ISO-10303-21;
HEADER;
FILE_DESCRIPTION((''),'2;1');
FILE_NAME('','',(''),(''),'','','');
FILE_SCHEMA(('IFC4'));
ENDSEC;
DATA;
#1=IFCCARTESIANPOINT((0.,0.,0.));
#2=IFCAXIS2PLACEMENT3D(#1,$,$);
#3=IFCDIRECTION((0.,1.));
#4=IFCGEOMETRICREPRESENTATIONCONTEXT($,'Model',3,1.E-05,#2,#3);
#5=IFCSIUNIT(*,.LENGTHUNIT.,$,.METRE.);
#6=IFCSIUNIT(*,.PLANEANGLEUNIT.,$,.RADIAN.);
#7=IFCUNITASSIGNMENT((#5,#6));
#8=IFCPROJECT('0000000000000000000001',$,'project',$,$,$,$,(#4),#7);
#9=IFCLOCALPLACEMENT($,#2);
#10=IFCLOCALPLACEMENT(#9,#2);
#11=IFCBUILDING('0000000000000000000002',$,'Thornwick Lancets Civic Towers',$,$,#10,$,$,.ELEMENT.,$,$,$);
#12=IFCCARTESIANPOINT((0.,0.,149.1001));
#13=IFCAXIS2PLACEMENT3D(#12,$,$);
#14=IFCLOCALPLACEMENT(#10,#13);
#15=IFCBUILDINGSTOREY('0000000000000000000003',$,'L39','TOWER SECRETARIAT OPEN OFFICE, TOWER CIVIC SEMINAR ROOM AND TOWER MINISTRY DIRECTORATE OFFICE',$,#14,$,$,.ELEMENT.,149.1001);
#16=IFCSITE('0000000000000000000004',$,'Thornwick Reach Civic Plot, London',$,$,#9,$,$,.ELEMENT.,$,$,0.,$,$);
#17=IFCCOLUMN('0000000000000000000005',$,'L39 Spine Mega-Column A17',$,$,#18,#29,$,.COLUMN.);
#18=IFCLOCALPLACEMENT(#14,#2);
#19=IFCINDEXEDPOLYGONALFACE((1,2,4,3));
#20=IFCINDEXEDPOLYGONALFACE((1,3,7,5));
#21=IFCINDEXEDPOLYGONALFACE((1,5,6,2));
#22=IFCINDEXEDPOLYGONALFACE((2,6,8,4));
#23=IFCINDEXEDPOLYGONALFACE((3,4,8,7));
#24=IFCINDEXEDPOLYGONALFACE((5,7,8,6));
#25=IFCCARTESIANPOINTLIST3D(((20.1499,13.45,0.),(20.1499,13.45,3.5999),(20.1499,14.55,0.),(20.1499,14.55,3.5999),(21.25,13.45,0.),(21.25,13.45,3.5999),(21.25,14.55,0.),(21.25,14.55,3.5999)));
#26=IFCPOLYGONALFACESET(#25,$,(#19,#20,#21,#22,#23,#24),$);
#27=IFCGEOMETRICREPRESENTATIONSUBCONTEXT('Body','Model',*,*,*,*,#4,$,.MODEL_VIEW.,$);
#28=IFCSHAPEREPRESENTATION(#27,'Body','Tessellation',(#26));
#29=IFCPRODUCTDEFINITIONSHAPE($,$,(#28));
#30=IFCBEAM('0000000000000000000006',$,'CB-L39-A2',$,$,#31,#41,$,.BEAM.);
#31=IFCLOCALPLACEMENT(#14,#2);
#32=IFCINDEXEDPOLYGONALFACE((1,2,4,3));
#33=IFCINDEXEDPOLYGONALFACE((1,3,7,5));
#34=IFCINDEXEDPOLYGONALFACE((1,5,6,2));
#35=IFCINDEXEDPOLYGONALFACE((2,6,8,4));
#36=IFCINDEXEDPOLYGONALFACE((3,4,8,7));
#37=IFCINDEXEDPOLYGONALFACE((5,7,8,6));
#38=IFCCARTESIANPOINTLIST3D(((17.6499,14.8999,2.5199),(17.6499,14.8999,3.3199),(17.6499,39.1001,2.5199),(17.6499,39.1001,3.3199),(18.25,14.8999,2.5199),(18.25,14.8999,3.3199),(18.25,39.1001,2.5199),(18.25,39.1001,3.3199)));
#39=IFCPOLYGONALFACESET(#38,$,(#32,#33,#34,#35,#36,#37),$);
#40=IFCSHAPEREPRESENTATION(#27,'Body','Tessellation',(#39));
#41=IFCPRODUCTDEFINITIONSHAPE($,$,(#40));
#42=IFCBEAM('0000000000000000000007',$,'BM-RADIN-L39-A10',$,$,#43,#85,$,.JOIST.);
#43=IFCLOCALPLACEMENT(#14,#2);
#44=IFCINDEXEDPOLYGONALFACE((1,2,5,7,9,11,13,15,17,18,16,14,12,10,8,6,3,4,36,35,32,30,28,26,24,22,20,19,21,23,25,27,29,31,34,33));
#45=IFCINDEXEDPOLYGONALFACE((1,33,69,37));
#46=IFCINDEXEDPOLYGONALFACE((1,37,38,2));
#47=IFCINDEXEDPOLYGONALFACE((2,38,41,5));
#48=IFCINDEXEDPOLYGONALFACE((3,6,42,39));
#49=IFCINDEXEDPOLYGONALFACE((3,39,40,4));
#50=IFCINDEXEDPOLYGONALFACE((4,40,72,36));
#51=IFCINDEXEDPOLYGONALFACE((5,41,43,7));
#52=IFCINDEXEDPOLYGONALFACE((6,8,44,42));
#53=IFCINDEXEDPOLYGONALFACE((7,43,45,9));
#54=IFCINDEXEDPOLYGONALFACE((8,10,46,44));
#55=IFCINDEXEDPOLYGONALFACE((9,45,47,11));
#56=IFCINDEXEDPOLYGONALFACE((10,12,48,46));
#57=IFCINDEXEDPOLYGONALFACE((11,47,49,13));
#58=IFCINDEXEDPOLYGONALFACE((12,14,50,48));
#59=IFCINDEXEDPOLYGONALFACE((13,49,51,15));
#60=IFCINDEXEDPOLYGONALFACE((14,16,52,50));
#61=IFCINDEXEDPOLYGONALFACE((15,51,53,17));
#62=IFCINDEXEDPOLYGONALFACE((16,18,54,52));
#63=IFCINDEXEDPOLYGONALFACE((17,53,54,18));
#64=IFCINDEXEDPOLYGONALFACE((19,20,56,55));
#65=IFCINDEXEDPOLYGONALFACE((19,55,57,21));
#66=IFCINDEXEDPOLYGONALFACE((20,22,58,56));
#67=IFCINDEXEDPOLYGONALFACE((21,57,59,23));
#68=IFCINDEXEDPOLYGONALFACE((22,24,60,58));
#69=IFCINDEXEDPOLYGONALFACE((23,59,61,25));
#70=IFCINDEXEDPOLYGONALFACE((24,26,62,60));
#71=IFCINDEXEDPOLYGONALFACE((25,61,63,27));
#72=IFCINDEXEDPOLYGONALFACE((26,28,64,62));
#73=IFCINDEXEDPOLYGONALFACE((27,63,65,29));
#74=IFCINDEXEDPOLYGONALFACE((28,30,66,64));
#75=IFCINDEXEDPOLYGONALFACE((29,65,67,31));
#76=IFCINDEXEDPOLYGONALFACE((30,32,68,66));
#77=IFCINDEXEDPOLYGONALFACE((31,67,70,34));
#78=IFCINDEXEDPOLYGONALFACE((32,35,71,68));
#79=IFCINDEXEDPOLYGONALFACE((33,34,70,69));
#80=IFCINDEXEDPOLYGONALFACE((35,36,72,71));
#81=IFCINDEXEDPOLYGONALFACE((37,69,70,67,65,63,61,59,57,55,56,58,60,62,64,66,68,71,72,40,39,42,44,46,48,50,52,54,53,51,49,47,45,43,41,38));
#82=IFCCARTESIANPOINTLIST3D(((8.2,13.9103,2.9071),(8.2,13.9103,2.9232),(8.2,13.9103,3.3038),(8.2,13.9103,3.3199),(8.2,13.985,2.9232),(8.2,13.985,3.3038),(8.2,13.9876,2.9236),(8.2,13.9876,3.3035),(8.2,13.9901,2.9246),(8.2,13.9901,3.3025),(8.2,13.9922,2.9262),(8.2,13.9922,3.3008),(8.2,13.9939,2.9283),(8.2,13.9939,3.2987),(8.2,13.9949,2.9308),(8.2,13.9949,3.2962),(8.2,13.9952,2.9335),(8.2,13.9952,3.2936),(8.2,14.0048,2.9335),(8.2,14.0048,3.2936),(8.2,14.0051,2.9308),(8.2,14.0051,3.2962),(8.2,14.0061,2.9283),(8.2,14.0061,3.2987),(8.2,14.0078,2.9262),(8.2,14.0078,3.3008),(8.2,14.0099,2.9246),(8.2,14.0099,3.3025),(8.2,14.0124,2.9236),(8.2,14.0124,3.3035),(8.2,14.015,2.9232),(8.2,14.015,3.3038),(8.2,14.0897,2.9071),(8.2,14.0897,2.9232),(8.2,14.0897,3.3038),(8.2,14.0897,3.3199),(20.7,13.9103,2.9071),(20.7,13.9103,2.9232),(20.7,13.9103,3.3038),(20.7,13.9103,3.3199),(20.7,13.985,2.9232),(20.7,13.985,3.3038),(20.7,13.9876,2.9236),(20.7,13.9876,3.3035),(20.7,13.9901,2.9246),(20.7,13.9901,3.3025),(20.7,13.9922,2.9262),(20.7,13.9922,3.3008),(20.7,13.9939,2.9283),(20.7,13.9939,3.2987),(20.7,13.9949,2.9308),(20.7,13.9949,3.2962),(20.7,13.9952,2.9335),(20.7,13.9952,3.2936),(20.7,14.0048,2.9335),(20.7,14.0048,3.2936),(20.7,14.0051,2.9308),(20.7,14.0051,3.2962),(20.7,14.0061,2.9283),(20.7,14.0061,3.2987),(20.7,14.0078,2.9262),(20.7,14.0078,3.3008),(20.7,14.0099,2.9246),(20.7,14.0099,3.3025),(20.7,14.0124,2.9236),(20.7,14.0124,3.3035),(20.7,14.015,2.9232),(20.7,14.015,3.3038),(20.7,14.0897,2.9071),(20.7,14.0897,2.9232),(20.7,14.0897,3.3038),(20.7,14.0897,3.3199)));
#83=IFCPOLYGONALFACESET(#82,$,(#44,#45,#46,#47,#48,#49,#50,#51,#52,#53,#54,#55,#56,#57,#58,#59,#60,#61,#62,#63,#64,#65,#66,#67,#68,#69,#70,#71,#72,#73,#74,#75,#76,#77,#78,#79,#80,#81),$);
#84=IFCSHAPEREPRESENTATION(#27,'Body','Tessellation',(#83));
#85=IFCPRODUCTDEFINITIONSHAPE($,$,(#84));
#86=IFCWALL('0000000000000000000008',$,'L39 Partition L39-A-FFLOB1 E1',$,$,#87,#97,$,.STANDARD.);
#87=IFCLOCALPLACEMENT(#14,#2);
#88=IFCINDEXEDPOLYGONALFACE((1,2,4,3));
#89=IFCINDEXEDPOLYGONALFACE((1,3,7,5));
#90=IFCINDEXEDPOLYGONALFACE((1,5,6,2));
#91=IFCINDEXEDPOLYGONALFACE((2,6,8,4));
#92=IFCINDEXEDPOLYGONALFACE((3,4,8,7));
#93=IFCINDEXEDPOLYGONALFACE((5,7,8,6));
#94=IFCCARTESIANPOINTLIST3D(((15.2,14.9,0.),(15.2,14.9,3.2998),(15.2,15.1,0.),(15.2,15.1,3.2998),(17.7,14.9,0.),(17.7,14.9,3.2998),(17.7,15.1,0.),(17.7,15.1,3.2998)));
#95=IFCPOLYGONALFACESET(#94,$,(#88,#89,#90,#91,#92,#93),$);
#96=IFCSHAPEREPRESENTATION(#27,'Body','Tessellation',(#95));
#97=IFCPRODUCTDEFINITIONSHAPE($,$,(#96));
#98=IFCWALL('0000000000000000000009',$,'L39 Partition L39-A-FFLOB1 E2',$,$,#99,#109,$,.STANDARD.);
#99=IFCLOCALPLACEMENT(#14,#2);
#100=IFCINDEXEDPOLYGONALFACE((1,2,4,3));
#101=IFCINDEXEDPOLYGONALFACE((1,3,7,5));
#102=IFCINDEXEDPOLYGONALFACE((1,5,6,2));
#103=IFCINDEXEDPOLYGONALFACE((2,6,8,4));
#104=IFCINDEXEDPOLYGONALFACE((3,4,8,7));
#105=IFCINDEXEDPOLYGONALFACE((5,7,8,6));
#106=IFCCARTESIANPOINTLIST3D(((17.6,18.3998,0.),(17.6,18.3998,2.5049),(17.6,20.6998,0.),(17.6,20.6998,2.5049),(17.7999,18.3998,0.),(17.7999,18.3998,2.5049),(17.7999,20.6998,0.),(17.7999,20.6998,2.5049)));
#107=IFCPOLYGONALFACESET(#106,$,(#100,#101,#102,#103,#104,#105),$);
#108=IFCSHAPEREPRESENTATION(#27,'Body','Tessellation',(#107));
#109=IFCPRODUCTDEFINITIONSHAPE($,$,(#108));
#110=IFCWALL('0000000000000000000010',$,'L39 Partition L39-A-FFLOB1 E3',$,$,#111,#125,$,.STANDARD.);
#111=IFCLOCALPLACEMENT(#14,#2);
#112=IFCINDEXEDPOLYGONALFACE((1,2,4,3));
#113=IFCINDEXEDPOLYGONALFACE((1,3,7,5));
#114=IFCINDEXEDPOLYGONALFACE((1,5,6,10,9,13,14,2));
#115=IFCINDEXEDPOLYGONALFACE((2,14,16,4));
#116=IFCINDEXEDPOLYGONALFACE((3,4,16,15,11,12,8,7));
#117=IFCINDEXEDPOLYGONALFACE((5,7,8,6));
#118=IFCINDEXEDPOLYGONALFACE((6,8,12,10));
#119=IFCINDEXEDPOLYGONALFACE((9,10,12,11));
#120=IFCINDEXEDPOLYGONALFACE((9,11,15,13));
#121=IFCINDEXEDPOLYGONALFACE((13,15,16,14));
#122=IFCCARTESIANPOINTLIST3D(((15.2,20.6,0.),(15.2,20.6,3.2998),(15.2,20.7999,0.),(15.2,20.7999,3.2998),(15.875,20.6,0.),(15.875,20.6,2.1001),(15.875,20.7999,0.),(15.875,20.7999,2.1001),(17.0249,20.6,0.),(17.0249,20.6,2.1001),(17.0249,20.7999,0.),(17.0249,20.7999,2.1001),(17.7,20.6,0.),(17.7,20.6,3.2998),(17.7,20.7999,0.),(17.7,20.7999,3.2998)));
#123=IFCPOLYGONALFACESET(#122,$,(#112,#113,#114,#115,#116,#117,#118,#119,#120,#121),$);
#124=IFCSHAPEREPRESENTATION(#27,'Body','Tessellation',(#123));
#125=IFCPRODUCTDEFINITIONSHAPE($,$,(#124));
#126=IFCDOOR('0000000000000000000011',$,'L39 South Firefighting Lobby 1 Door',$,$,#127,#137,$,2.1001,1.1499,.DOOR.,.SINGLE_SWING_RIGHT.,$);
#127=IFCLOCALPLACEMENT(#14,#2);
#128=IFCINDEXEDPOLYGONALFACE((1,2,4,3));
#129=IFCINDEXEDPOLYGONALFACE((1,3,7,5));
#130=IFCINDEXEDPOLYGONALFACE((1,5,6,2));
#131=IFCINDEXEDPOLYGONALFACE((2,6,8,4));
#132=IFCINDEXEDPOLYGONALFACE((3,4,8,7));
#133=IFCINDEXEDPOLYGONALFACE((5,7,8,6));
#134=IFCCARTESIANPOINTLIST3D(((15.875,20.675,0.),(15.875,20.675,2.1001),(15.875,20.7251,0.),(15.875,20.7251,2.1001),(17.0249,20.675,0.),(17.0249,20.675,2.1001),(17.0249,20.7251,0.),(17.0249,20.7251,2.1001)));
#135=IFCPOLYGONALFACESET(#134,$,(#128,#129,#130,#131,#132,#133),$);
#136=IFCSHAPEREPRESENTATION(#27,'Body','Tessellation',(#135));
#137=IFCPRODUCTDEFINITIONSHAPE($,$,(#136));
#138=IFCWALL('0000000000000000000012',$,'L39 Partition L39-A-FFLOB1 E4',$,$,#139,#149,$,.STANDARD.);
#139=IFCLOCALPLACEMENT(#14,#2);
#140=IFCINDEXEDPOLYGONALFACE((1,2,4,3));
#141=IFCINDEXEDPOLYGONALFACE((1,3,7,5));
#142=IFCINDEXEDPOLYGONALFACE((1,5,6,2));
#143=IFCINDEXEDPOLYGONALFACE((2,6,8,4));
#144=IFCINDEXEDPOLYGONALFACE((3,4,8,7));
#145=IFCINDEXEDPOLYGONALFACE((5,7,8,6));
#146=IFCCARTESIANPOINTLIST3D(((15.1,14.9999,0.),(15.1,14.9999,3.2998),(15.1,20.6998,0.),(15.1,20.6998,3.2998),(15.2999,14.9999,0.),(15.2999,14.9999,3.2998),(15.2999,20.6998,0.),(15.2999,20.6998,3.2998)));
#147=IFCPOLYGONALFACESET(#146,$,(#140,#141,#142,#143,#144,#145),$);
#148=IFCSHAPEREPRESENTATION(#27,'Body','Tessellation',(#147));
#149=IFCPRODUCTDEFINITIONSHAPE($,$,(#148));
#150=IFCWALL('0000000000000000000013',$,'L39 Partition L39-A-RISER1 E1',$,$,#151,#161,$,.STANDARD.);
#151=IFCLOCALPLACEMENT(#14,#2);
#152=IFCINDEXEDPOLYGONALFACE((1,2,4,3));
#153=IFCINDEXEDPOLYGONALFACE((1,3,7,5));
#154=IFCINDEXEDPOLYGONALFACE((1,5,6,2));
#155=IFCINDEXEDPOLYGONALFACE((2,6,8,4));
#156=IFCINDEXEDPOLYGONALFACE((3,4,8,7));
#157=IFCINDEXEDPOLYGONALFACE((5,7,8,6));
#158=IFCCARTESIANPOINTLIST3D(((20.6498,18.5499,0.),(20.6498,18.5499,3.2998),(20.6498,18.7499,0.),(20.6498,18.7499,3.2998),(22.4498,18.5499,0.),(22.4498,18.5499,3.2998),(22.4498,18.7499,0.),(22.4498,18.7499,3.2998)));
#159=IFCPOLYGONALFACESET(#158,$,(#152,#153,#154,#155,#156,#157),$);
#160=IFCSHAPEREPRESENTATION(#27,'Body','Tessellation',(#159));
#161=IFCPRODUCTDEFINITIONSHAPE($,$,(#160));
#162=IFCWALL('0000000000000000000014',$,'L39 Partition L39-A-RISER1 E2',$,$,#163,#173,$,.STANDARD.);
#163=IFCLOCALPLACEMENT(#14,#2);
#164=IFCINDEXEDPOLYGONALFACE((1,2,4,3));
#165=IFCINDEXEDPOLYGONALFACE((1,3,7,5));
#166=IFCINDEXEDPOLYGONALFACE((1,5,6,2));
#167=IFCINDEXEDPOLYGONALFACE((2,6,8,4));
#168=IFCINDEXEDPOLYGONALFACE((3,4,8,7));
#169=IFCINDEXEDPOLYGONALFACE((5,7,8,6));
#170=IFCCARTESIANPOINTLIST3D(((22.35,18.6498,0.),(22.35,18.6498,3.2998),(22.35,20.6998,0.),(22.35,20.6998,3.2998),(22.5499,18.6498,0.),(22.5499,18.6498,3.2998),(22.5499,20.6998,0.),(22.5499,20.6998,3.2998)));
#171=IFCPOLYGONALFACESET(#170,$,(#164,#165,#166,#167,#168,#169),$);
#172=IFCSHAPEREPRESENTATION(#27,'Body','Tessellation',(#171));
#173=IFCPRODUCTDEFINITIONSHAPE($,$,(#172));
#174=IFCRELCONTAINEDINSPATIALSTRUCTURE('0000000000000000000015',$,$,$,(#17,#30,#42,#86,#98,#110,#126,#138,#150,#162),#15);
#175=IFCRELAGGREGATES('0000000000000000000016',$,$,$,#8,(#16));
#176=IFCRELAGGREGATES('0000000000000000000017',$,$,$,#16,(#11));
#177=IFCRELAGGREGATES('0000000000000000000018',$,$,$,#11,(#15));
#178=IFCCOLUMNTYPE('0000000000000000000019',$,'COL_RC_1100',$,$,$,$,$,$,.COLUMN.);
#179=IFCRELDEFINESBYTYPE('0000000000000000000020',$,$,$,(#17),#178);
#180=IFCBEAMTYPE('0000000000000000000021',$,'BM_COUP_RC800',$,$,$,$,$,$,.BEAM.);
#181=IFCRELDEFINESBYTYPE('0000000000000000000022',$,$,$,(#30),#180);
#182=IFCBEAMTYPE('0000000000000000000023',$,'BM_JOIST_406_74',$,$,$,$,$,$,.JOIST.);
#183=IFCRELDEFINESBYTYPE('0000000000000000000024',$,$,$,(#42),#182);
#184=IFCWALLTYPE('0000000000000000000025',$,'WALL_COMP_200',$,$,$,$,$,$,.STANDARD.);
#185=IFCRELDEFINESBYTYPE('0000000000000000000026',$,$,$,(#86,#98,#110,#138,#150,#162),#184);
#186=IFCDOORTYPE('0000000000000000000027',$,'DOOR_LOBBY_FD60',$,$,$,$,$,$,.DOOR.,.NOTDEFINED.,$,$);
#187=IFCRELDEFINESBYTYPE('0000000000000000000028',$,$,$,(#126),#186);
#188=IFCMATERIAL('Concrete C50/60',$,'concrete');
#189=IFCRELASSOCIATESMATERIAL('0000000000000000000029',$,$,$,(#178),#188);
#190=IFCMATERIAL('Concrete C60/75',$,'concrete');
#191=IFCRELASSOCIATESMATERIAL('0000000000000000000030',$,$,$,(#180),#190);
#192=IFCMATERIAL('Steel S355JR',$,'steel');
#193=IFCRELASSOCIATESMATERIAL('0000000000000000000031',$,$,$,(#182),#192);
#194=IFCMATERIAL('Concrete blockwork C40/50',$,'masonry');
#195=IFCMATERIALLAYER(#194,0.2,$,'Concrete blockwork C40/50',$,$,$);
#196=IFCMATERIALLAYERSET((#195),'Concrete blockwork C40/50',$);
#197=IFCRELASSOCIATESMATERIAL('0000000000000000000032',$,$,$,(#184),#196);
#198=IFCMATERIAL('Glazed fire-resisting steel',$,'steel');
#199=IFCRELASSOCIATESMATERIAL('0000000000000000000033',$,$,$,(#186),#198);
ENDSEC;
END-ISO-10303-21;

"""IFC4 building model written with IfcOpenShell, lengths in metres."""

from ifc_helpers import new_model, si_unit, direction, frame, frame_2d, origin, origin_2d, place, context, subcontext, project, spatial, rectangle, i_section, extrude, material, layer, layer_set, material_profile, profile_set, type_object, element, fill, save


model = new_model("IFC4")

# Units and contexts
model_context = context("Model", 3, precision=1e-05, world=origin(), true_north=direction((0.0, 1.0)))
body_context = subcontext(model_context, "Body", "Model", "MODEL_VIEW")
ifc_project = project(units=[si_unit("LENGTHUNIT", "METRE"), si_unit("PLANEANGLEUNIT", "RADIAN")], contexts=[model_context])

# Site, building, storey
site_placement = place(None, origin())
site = spatial("IfcSite", under=ifc_project, at=site_placement, Name="Thornwick Reach Civic Plot, London", CompositionType="ELEMENT", RefElevation=0.0)
building_placement = place(site_placement, origin())
building = spatial("IfcBuilding", under=site, at=building_placement, Name="Thornwick Lancets Civic Towers", CompositionType="ELEMENT")
storey_placement = place(building_placement, frame((0.0, 0.0, 149.1001)))
storey = spatial("IfcBuildingStorey", under=building, at=storey_placement, Name="L39", Description="TOWER SECRETARIAT OPEN OFFICE, TOWER CIVIC SEMINAR ROOM AND TOWER MINISTRY DIRECTORATE OFFICE", CompositionType="ELEMENT", Elevation=149.1001)

# Column
ifc_material_1 = material(Name="Concrete C50/60", Category="concrete")
ifc_material_profile_1 = material_profile(ifc_material_1, rectangle(XDim=1.1001, YDim=1.1001, at=origin_2d()), Name="RC 1100x1100")
ifc_profile_set_1 = profile_set([ifc_material_profile_1], Name="Concrete C50/60")
column_type = type_object("IfcColumnType", Name="COL_RC_1100", PredefinedType="COLUMN", material=ifc_profile_set_1)
column_placement = place(storey_placement, frame((20.7, 14.0, 0.0), z_axis=(0.0, 0.0, 1.0), x_axis=(1.0, 0.0, 0.0)))
element("IfcColumn", 1, at=column_placement, inside=storey, type_object=column_type, Name="L39 Spine Mega-Column A17", PredefinedType="COLUMN", context=body_context, shape_type="SweptSolid", body=[
    extrude(rectangle(XDim=1.1001, YDim=1.1001, at=origin_2d()), origin(), (0.0, 0.0, 1.0), 3.5999),
])

# Beams
ifc_material_2 = material(Name="Concrete C60/75", Category="concrete")
ifc_material_profile_2 = material_profile(ifc_material_2, rectangle(XDim=0.6001, YDim=0.8, at=origin_2d()), Name="RC 600x800")
ifc_profile_set_2 = profile_set([ifc_material_profile_2], Name="Concrete C60/75")
beam_type_1 = type_object("IfcBeamType", Name="BM_COUP_RC800", PredefinedType="BEAM", material=ifc_profile_set_2)
beam_1_placement = place(storey_placement, frame((17.95, 14.8999, 2.9199), z_axis=(0.0, 1.0, 0.0), x_axis=(-1.0, 0.0, 0.0)))
element("IfcBeam", 2, at=beam_1_placement, inside=storey, type_object=beam_type_1, Name="CB-L39-A2", PredefinedType="BEAM", context=body_context, shape_type="SweptSolid", body=[
    extrude(rectangle(XDim=0.6001, YDim=0.8, at=origin_2d()), origin(), (0.0, 0.0, 1.0), 24.2002),
])
ifc_material_3 = material(Name="Steel S355JR", Category="steel")
ifc_material_profile_3 = material_profile(ifc_material_3, i_section(OverallWidth=0.1794, OverallDepth=0.4128, WebThickness=0.0095, FlangeThickness=0.0161, FilletRadius=0.0103, at=origin_2d()), Name="UKB 406x178x74")
ifc_profile_set_3 = profile_set([ifc_material_profile_3], Name="Steel S355JR")
beam_type_2 = type_object("IfcBeamType", Name="BM_JOIST_406_74", PredefinedType="JOIST", material=ifc_profile_set_3)
beam_2_placement = place(storey_placement, frame((20.7, 14.0, 3.1135), z_axis=(-1.0, 0.0, 0.0), x_axis=(0.0, -1.0, 0.0)))
element("IfcBeam", 3, at=beam_2_placement, inside=storey, type_object=beam_type_2, Name="BM-RADIN-L39-A10", PredefinedType="JOIST", context=body_context, shape_type="SweptSolid", body=[
    extrude(i_section(OverallWidth=0.1794, OverallDepth=0.4128, WebThickness=0.0095, FlangeThickness=0.0161, FilletRadius=0.0103, at=origin_2d()), origin(), (0.0, 0.0, 1.0), 12.5),
])

# Walls
ifc_material_4 = material(Name="Concrete blockwork C40/50", Category="masonry")
ifc_layer_1 = layer(ifc_material_4, 0.2, Name="Concrete blockwork C40/50")
ifc_layer_set_1 = layer_set([ifc_layer_1], Name="Concrete blockwork C40/50")
wall_type_1 = type_object("IfcWallType", Name="WALL_COMP_200", PredefinedType="STANDARD", material=ifc_layer_set_1)
wall_1_placement = place(storey_placement, frame((15.2, 15.0, 0.0), z_axis=(0.0, 0.0, 1.0), x_axis=(1.0, 0.0, 0.0)))
element("IfcWall", 4, at=wall_1_placement, inside=storey, type_object=wall_type_1, Name="L39 Partition L39-A-FFLOB1 E1", PredefinedType="STANDARD", context=body_context, shape_type="SweptSolid", body=[
    extrude(rectangle(XDim=2.5, YDim=0.2, at=frame_2d((1.25, 0.0))), origin(), (0.0, 0.0, 1.0), 3.2998),
])
wall_2_placement = place(storey_placement, frame((17.7, 18.3999, 0.0), z_axis=(0.0, 0.0, 1.0), x_axis=(0.0, 1.0, 0.0)))
element("IfcWall", 5, at=wall_2_placement, inside=storey, type_object=wall_type_1, Name="L39 Partition L39-A-FFLOB1 E2", PredefinedType="STANDARD", context=body_context, shape_type="SweptSolid", body=[
    extrude(rectangle(XDim=2.3, YDim=0.2, at=frame_2d((1.1499, 0.0))), origin(), (0.0, 0.0, 1.0), 2.5049),
])

# Wall, opening, door
wall_3_placement = place(storey_placement, frame((17.7, 20.7, 0.0), z_axis=(0.0, 0.0, 1.0), x_axis=(-1.0, 0.0, 0.0)))
wall_3 = element("IfcWall", 6, at=wall_3_placement, inside=storey, type_object=wall_type_1, Name="L39 Partition L39-A-FFLOB1 E3", PredefinedType="STANDARD", context=body_context, shape_type="SweptSolid", body=[
    extrude(rectangle(XDim=2.5, YDim=0.2, at=frame_2d((1.25, 0.0))), origin(), (0.0, 0.0, 1.0), 3.2998),
])
opening_1_placement = place(wall_3_placement, frame((0.675, 0.0, 0.0)))
opening_1 = element("IfcOpeningElement", 7, at=opening_1_placement, cuts=wall_3, PredefinedType="OPENING", context=body_context, shape_type="SweptSolid", body=[
    extrude(rectangle(XDim=1.1499, YDim=2.1001, at=frame_2d((0.575, 1.05))), frame((0.0, 0.1099, 0.0), z_axis=(0.0, -1.0, 0.0), x_axis=(1.0, 0.0, 0.0)), (0.0, 0.0, 1.0), 0.22),
])
ifc_material_5 = material(Name="Glazed fire-resisting steel", Category="steel")
door_type_1 = type_object("IfcDoorType", Name="DOOR_LOBBY_FD60", OperationType="NOTDEFINED", PredefinedType="DOOR", material=ifc_material_5)
door_1_placement = place(opening_1_placement, origin())
door_1 = element("IfcDoor", 8, at=door_1_placement, inside=storey, type_object=door_type_1, Name="L39 South Firefighting Lobby 1 Door", OperationType="SINGLE_SWING_RIGHT", OverallHeight=2.1001, OverallWidth=1.1499, PredefinedType="DOOR", context=body_context, shape_type="SweptSolid", body=[
    extrude(rectangle(XDim=1.1499, YDim=2.1001, at=frame_2d((0.575, 1.05))), frame((0.0, 0.0249, 0.0), z_axis=(0.0, -1.0, 0.0), x_axis=(1.0, 0.0, 0.0)), (0.0, 0.0, 1.0), 0.05),
])
fill(opening_1, door_1)

# Walls
wall_4_placement = place(storey_placement, frame((15.2, 20.7, 0.0), z_axis=(0.0, 0.0, 1.0), x_axis=(0.0, -1.0, 0.0)))
element("IfcWall", 9, at=wall_4_placement, inside=storey, type_object=wall_type_1, Name="L39 Partition L39-A-FFLOB1 E4", PredefinedType="STANDARD", context=body_context, shape_type="SweptSolid", body=[
    extrude(rectangle(XDim=5.7, YDim=0.2, at=frame_2d((2.8501, 0.0))), origin(), (0.0, 0.0, 1.0), 3.2998),
])
wall_5_placement = place(storey_placement, frame((20.6499, 18.6499, 0.0), z_axis=(0.0, 0.0, 1.0), x_axis=(1.0, 0.0, 0.0)))
element("IfcWall", 10, at=wall_5_placement, inside=storey, type_object=wall_type_1, Name="L39 Partition L39-A-RISER1 E1", PredefinedType="STANDARD", context=body_context, shape_type="SweptSolid", body=[
    extrude(rectangle(XDim=1.8, YDim=0.2, at=frame_2d((0.8999, 0.0))), origin(), (0.0, 0.0, 1.0), 3.2998),
])
wall_6_placement = place(storey_placement, frame((22.45, 18.6499, 0.0), z_axis=(0.0, 0.0, 1.0), x_axis=(0.0, 1.0, 0.0)))
element("IfcWall", 11, at=wall_6_placement, inside=storey, type_object=wall_type_1, Name="L39 Partition L39-A-RISER1 E2", PredefinedType="STANDARD", context=body_context, shape_type="SweptSolid", body=[
    extrude(rectangle(XDim=2.05, YDim=0.2, at=frame_2d((1.0249, 0.0))), origin(), (0.0, 0.0, 1.0), 3.2998),
])

save(model, "model.ifc")
